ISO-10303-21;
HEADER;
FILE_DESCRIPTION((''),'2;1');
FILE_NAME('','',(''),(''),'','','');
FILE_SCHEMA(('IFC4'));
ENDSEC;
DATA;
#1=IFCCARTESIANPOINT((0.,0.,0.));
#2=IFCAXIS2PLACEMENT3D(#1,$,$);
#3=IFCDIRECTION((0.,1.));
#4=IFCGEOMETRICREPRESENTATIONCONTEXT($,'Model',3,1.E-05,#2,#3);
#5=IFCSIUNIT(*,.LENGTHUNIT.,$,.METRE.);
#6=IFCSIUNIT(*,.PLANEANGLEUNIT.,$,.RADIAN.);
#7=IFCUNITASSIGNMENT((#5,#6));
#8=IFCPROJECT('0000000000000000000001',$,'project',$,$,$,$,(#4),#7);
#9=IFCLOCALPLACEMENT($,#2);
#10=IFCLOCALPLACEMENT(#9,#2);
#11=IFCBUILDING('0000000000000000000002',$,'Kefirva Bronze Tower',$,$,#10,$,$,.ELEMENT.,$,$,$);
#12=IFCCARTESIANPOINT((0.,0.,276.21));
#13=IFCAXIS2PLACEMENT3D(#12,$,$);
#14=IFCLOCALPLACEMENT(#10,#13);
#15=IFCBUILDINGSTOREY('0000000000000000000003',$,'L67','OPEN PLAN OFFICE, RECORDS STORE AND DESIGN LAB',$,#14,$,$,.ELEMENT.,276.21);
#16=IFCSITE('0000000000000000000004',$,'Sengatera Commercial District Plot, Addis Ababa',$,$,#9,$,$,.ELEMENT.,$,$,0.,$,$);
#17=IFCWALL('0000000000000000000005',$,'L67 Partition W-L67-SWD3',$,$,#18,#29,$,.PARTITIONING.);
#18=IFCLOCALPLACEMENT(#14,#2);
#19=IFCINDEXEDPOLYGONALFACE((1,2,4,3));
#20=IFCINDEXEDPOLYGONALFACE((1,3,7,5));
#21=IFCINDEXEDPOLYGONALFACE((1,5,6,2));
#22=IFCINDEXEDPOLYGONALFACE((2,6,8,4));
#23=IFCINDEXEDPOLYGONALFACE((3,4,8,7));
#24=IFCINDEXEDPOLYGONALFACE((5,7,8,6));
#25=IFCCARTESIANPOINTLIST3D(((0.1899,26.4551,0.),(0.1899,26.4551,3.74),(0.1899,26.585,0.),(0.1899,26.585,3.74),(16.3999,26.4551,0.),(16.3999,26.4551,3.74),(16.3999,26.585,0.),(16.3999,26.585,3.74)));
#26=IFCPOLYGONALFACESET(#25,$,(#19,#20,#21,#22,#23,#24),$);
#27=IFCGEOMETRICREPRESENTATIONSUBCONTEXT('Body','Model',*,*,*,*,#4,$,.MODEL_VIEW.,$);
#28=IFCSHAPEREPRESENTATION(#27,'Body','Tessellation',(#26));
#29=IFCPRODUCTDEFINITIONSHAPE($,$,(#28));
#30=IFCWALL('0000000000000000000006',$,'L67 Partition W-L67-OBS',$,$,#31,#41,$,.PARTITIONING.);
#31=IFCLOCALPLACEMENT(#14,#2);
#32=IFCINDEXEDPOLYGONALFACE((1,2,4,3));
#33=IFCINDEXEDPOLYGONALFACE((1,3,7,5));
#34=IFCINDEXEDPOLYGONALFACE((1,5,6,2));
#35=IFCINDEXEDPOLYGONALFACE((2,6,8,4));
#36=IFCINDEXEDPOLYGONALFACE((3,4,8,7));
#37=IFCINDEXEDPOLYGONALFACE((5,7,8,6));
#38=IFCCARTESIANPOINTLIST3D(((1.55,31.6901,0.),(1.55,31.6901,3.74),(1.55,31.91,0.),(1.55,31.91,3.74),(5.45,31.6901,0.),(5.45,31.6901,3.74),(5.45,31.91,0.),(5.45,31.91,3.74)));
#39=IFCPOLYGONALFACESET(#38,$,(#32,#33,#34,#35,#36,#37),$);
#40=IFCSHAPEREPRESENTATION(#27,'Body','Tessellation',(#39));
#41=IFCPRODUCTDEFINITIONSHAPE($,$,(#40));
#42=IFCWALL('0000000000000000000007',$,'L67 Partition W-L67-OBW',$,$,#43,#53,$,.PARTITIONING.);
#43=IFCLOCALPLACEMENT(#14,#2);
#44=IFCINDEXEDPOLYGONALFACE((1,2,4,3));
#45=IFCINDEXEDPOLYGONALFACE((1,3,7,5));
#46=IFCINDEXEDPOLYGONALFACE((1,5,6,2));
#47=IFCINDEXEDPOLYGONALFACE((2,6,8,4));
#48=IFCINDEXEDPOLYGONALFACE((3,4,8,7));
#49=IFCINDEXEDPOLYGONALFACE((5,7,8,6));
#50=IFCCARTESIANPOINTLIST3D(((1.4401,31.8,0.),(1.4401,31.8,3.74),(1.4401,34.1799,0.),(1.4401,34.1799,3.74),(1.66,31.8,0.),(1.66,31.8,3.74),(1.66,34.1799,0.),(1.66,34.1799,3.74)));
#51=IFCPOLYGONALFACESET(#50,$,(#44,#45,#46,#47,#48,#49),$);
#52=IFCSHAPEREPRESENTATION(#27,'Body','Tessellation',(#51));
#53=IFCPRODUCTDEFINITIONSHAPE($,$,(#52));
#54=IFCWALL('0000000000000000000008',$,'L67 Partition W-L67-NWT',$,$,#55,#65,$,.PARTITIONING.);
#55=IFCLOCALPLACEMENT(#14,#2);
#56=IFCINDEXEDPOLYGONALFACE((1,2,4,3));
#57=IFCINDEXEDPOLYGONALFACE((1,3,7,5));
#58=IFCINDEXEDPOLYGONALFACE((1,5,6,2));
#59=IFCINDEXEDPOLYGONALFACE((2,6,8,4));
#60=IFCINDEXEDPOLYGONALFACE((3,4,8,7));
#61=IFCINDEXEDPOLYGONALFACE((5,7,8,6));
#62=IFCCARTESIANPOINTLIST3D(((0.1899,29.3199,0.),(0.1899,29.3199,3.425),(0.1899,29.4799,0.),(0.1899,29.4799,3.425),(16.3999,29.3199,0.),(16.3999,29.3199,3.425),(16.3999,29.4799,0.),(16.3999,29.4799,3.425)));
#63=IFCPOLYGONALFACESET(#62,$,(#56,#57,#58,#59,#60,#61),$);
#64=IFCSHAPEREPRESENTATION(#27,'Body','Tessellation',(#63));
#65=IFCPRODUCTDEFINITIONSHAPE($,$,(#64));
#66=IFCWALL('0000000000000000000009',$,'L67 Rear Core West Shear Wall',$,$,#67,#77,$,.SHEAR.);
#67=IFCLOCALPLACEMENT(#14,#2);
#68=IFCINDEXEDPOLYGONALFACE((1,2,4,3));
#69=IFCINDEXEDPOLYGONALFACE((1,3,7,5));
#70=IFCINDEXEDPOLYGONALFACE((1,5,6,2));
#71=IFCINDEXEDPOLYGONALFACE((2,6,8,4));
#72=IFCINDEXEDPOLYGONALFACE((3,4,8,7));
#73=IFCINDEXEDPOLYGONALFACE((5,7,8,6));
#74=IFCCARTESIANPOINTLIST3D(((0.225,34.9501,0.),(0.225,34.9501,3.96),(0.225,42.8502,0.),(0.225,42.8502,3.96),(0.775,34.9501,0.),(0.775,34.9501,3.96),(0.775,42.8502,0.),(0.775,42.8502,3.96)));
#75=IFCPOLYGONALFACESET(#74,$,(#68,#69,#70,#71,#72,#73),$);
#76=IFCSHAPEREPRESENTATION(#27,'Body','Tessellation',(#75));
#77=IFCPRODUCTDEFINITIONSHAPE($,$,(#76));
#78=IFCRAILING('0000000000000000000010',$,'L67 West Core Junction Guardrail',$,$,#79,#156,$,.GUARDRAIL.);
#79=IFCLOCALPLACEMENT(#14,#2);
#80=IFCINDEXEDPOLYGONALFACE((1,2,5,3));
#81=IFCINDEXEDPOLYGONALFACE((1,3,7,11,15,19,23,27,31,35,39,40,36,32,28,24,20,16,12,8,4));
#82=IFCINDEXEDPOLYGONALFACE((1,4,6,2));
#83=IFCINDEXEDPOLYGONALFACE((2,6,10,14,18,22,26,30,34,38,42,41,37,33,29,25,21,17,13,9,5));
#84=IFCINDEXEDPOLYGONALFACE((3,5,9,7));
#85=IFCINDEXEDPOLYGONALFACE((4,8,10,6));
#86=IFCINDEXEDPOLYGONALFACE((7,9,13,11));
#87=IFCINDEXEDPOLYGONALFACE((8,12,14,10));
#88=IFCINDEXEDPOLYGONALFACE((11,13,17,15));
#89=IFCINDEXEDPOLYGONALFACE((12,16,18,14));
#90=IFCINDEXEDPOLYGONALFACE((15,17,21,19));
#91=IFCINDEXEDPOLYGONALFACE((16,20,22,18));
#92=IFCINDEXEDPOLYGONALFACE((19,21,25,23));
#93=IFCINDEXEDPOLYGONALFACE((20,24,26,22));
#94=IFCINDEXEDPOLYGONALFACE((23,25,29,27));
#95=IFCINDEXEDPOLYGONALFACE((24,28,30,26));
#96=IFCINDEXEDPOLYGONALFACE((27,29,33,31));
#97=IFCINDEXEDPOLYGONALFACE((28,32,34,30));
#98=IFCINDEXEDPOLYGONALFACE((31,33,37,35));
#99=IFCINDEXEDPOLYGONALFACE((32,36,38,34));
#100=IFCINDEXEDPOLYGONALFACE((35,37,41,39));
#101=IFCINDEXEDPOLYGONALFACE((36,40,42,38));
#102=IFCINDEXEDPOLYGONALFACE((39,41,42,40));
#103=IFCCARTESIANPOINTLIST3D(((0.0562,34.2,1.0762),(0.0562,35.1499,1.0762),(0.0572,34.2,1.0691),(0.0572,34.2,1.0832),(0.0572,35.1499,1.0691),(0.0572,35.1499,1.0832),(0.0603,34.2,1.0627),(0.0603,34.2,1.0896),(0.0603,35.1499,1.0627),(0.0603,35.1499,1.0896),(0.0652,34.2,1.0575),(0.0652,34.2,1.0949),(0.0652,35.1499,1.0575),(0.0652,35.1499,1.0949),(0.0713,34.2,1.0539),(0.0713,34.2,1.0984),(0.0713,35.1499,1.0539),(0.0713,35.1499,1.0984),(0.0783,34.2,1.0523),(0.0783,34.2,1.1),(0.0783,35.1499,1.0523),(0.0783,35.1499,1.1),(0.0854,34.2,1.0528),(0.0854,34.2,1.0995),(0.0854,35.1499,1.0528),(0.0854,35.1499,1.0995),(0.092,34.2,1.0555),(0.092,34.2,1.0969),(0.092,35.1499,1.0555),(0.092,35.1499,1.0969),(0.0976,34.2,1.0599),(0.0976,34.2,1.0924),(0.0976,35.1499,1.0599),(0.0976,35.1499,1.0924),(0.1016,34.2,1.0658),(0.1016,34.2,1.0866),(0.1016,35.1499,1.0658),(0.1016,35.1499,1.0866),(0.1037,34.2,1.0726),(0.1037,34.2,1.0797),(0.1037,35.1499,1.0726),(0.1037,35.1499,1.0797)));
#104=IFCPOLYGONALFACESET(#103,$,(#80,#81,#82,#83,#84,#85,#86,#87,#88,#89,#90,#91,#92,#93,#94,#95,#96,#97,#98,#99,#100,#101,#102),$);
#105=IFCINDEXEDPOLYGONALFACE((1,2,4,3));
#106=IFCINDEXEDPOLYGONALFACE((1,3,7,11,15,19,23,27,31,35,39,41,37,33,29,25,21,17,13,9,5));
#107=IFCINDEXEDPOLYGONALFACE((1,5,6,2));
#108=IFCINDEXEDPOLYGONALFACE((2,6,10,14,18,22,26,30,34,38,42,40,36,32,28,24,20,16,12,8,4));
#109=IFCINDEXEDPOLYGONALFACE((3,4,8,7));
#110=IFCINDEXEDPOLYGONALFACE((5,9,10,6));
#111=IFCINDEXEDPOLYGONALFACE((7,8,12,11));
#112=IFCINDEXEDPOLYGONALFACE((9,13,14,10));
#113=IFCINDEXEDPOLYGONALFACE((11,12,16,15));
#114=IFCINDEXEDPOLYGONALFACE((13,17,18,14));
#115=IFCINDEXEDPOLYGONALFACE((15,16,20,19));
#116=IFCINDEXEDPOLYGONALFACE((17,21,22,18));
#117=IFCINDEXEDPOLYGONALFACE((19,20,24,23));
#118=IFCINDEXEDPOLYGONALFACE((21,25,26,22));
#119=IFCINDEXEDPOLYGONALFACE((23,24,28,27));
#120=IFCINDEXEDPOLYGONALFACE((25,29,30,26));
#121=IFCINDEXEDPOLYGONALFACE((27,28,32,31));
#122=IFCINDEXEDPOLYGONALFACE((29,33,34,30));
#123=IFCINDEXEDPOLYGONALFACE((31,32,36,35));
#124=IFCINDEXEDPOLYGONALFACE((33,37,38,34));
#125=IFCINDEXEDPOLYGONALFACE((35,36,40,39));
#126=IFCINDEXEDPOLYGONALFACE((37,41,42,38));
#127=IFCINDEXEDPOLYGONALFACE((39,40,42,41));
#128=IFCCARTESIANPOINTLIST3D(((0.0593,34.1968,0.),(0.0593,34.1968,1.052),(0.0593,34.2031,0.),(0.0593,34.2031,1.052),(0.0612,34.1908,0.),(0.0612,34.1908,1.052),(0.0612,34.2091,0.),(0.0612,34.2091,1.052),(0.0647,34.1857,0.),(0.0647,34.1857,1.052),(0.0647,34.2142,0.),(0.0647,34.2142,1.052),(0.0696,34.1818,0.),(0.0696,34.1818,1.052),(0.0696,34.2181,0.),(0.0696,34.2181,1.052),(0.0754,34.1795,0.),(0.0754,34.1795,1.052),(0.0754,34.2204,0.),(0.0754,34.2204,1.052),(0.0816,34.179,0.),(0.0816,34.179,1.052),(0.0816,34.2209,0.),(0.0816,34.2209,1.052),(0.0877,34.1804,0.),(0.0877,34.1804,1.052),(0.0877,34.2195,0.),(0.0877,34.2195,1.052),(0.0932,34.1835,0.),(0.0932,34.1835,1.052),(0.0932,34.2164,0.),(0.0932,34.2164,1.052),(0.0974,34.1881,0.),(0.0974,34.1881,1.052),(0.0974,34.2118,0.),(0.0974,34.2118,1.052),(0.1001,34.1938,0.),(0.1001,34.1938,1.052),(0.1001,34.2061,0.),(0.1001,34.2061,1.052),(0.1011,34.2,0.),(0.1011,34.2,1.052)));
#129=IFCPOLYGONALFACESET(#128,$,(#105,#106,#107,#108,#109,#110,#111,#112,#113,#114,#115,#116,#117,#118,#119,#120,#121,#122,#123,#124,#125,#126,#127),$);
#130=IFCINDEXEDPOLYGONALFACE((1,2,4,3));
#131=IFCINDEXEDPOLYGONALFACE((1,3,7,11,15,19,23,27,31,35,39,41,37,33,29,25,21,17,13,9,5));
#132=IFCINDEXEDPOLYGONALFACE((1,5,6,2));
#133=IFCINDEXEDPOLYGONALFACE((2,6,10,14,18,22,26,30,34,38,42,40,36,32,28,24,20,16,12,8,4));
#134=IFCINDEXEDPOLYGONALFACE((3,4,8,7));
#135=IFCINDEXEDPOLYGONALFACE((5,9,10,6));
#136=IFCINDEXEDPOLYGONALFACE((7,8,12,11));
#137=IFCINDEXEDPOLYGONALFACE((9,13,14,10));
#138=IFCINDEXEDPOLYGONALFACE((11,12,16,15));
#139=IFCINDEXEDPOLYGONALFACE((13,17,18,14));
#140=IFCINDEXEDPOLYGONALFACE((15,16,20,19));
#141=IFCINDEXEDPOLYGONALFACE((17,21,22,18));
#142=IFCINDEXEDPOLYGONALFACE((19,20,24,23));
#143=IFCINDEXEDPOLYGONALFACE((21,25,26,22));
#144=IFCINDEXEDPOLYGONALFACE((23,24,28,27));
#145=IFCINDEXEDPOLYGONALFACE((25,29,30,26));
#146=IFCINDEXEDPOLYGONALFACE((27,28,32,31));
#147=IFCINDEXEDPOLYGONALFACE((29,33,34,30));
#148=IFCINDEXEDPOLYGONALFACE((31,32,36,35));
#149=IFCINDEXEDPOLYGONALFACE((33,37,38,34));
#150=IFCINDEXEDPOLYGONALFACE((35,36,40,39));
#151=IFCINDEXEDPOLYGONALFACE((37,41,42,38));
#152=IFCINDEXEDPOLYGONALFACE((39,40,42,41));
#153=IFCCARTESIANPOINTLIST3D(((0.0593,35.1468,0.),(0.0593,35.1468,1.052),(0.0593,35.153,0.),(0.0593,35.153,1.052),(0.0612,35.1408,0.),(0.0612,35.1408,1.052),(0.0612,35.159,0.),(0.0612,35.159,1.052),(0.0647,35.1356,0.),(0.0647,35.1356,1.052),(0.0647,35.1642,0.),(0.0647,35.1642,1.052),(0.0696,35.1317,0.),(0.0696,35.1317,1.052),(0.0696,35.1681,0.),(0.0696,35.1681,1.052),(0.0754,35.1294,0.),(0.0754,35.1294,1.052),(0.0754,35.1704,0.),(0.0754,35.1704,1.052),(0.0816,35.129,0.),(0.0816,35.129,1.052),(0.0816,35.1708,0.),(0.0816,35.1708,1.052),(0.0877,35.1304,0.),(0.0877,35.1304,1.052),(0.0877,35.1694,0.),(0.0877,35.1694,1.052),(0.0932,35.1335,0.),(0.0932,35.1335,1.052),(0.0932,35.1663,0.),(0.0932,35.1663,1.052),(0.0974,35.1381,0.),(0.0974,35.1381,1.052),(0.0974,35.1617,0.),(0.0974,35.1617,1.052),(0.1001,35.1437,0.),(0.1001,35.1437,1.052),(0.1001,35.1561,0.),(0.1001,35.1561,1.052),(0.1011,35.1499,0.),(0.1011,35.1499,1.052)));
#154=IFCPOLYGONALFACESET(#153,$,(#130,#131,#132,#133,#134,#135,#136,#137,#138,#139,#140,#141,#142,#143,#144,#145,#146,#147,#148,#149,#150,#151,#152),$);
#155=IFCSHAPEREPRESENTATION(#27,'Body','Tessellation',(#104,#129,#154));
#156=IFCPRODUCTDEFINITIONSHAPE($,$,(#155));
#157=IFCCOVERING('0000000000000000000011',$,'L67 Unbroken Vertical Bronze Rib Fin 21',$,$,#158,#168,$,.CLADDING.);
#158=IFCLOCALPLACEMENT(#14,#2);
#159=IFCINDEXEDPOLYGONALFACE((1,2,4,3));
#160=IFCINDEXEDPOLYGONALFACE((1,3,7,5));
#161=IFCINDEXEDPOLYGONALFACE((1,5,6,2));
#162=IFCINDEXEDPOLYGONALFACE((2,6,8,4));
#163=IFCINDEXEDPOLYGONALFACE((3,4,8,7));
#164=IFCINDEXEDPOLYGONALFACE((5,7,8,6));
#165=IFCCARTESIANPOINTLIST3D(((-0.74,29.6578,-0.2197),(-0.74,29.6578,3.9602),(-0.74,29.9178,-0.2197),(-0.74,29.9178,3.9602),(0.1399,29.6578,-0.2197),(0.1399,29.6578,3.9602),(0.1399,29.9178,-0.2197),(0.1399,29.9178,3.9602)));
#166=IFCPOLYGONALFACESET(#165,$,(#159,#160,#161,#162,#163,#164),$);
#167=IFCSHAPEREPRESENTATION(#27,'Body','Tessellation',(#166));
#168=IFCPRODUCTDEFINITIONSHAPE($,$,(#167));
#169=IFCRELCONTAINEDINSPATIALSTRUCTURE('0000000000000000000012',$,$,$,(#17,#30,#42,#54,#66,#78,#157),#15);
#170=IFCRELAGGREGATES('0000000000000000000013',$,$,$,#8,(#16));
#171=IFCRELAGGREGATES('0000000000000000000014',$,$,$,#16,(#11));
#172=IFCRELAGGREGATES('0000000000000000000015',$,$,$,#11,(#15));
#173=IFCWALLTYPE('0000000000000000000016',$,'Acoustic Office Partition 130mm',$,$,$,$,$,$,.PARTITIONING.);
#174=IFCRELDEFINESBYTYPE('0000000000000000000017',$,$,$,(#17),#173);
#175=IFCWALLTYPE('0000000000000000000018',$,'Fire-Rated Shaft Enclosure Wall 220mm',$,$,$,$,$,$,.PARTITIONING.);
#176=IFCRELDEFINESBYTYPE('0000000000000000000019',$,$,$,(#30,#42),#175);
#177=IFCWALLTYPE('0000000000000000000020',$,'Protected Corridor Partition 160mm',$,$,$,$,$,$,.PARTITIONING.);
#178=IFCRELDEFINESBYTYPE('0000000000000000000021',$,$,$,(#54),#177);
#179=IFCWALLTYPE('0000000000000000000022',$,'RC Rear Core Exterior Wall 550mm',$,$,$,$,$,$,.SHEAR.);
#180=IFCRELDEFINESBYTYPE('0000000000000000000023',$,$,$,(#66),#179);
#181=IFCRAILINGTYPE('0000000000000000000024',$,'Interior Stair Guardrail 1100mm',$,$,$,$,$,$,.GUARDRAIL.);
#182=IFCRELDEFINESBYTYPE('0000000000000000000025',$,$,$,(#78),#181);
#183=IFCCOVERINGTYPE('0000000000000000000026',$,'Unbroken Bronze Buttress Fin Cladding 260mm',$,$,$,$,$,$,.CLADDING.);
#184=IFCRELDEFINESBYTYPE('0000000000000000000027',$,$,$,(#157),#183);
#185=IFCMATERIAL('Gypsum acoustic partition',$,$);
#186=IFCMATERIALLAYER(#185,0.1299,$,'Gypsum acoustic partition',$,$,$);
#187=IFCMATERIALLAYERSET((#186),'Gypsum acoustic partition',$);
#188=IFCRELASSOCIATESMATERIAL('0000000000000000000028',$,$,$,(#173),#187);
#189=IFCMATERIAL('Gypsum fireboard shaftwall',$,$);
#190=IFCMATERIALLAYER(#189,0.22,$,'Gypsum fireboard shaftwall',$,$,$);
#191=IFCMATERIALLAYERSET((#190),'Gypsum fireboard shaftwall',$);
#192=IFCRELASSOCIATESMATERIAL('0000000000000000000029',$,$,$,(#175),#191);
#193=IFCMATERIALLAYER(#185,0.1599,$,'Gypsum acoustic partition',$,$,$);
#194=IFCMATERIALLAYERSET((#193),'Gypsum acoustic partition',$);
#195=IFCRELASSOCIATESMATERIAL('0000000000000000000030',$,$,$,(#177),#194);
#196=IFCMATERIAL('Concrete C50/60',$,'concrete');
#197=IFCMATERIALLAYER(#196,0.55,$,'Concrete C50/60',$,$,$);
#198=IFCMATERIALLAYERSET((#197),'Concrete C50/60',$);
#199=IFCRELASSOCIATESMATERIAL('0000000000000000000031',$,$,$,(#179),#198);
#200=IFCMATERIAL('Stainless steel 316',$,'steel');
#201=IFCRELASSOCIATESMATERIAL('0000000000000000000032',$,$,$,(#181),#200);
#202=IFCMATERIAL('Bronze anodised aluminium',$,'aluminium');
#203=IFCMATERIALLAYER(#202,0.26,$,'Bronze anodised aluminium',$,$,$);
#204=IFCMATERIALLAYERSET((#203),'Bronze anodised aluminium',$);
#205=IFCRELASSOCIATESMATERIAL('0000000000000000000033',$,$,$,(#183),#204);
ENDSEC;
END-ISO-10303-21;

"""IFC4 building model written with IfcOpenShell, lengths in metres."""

from ifc_helpers import new_model, si_unit, direction, frame, frame_2d, origin, origin_2d, place, context, subcontext, project, spatial, rectangle, circle, extrude, material, layer, layer_set, type_object, element, save


model = new_model("IFC4")

# Units and contexts
model_context = context("Model", 3, precision=1e-05, world=origin(), true_north=direction((0.0, 1.0)))
body_context = subcontext(model_context, "Body", "Model", "MODEL_VIEW")
ifc_project = project(units=[si_unit("LENGTHUNIT", "METRE"), si_unit("PLANEANGLEUNIT", "RADIAN")], contexts=[model_context])

# Site, building, storey
site_placement = place(None, origin())
site = spatial("IfcSite", under=ifc_project, at=site_placement, Name="Sengatera Commercial District Plot, Addis Ababa", CompositionType="ELEMENT", RefElevation=0.0)
building_placement = place(site_placement, origin())
building = spatial("IfcBuilding", under=site, at=building_placement, Name="Kefirva Bronze Tower", CompositionType="ELEMENT")
storey_placement = place(building_placement, frame((0.0, 0.0, 276.21)))
storey = spatial("IfcBuildingStorey", under=building, at=storey_placement, Name="L67", Description="OPEN PLAN OFFICE, RECORDS STORE AND DESIGN LAB", CompositionType="ELEMENT", Elevation=276.21)

# Shared definitions
ifc_material_1 = material(Name="Concrete C50/60", Category="concrete")

# Shared definitions
ifc_material_2 = material(Name="Bronze anodised aluminium", Category="aluminium")

# Walls
ifc_material_3 = material(Name="Gypsum acoustic partition")
ifc_layer_1 = layer(ifc_material_3, 0.1299, Name="Gypsum acoustic partition")
ifc_layer_set_1 = layer_set([ifc_layer_1], Name="Gypsum acoustic partition")
wall_type_1 = type_object("IfcWallType", Name="Acoustic Office Partition 130mm", PredefinedType="PARTITIONING", material=ifc_layer_set_1)
wall_1_placement = place(storey_placement, frame((0.1899, 26.52, 0.0), z_axis=(0.0, 0.0, 1.0), x_axis=(1.0, 0.0, 0.0)))
element("IfcWall", 1, at=wall_1_placement, inside=storey, type_object=wall_type_1, Name="L67 Partition W-L67-SWD3", PredefinedType="PARTITIONING", context=body_context, shape_type="SweptSolid", body=[
    extrude(rectangle(XDim=16.21, YDim=0.1299, at=frame_2d((8.105, 0.0))), origin(), (0.0, 0.0, 1.0), 3.74),
])
ifc_material_4 = material(Name="Gypsum fireboard shaftwall")
ifc_layer_2 = layer(ifc_material_4, 0.22, Name="Gypsum fireboard shaftwall")
ifc_layer_set_2 = layer_set([ifc_layer_2], Name="Gypsum fireboard shaftwall")
wall_type_2 = type_object("IfcWallType", Name="Fire-Rated Shaft Enclosure Wall 220mm", PredefinedType="PARTITIONING", material=ifc_layer_set_2)
wall_2_placement = place(storey_placement, frame((1.55, 31.8, 0.0), z_axis=(0.0, 0.0, 1.0), x_axis=(1.0, 0.0, 0.0)))
element("IfcWall", 2, at=wall_2_placement, inside=storey, type_object=wall_type_2, Name="L67 Partition W-L67-OBS", PredefinedType="PARTITIONING", context=body_context, shape_type="SweptSolid", body=[
    extrude(rectangle(XDim=3.8999, YDim=0.22, at=frame_2d((1.95, 0.0))), origin(), (0.0, 0.0, 1.0), 3.74),
])
wall_3_placement = place(storey_placement, frame((1.55, 31.8, 0.0), z_axis=(0.0, 0.0, 1.0), x_axis=(0.0, 1.0, 0.0)))
element("IfcWall", 3, at=wall_3_placement, inside=storey, type_object=wall_type_2, Name="L67 Partition W-L67-OBW", PredefinedType="PARTITIONING", context=body_context, shape_type="SweptSolid", body=[
    extrude(rectangle(XDim=2.3799, YDim=0.22, at=frame_2d((1.1899, 0.0))), origin(), (0.0, 0.0, 1.0), 3.74),
])
ifc_layer_3 = layer(ifc_material_3, 0.1599, Name="Gypsum acoustic partition")
ifc_layer_set_3 = layer_set([ifc_layer_3], Name="Gypsum acoustic partition")
wall_type_3 = type_object("IfcWallType", Name="Protected Corridor Partition 160mm", PredefinedType="PARTITIONING", material=ifc_layer_set_3)
wall_4_placement = place(storey_placement, frame((0.1899, 29.3999, 0.0), z_axis=(0.0, 0.0, 1.0), x_axis=(1.0, 0.0, 0.0)))
element("IfcWall", 4, at=wall_4_placement, inside=storey, type_object=wall_type_3, Name="L67 Partition W-L67-NWT", PredefinedType="PARTITIONING", context=body_context, shape_type="SweptSolid", body=[
    extrude(rectangle(XDim=16.21, YDim=0.1599, at=frame_2d((8.105, 0.0))), origin(), (0.0, 0.0, 1.0), 3.425),
])
ifc_layer_4 = layer(ifc_material_1, 0.55, Name="Concrete C50/60")
ifc_layer_set_4 = layer_set([ifc_layer_4], Name="Concrete C50/60")
wall_type_4 = type_object("IfcWallType", Name="RC Rear Core Exterior Wall 550mm", PredefinedType="SHEAR", material=ifc_layer_set_4)
wall_5_placement = place(storey_placement, frame((0.5, 34.95, 0.0), z_axis=(0.0, 0.0, 1.0), x_axis=(0.0, 1.0, 0.0)))
element("IfcWall", 5, at=wall_5_placement, inside=storey, type_object=wall_type_4, Name="L67 Rear Core West Shear Wall", PredefinedType="SHEAR", context=body_context, shape_type="SweptSolid", body=[
    extrude(rectangle(XDim=7.9001, YDim=0.55, at=frame_2d((3.9502, 0.0))), origin(), (0.0, 0.0, 1.0), 3.96),
])

# Railing
ifc_material_5 = material(Name="Stainless steel 316", Category="steel")
railing_type = type_object("IfcRailingType", Name="Interior Stair Guardrail 1100mm", PredefinedType="GUARDRAIL", material=ifc_material_5)
railing_placement = place(storey_placement, frame((0.0801, 34.2, 0.0)))
element("IfcRailing", 6, at=railing_placement, inside=storey, type_object=railing_type, Name="L67 West Core Junction Guardrail", PredefinedType="GUARDRAIL", context=body_context, shape_type="SweptSolid", body=[
    extrude(circle(Radius=0.0239, at=origin_2d()), frame((0.0, 0.0, 1.0762), z_axis=(0.0, 1.0, 0.0), x_axis=(-1.0, 0.0, 0.0)), (0.0, 0.0, 1.0), 0.95),
    extrude(circle(Radius=0.021, at=origin_2d()), origin(), (0.0, 0.0, 1.0), 1.052),
    extrude(circle(Radius=0.021, at=origin_2d()), frame((0.0, 0.95, 0.0)), (0.0, 0.0, 1.0), 1.052),
])

# Covering
ifc_layer_5 = layer(ifc_material_2, 0.26, Name="Bronze anodised aluminium")
ifc_layer_set_5 = layer_set([ifc_layer_5], Name="Bronze anodised aluminium")
covering_type = type_object("IfcCoveringType", Name="Unbroken Bronze Buttress Fin Cladding 260mm", PredefinedType="CLADDING", material=ifc_layer_set_5)
covering_placement = place(storey_placement, frame((-0.3, 29.7878, -0.2197), z_axis=(0.0, 0.0, 1.0), x_axis=(0.0, -1.0, 0.0)))
element("IfcCovering", 7, at=covering_placement, inside=storey, type_object=covering_type, Name="L67 Unbroken Vertical Bronze Rib Fin 21", PredefinedType="CLADDING", context=body_context, shape_type="SweptSolid", body=[
    extrude(rectangle(XDim=0.26, YDim=0.8799, at=origin_2d()), origin(), (0.0, 0.0, 1.0), 4.1799),
])

save(model, "model.ifc")
